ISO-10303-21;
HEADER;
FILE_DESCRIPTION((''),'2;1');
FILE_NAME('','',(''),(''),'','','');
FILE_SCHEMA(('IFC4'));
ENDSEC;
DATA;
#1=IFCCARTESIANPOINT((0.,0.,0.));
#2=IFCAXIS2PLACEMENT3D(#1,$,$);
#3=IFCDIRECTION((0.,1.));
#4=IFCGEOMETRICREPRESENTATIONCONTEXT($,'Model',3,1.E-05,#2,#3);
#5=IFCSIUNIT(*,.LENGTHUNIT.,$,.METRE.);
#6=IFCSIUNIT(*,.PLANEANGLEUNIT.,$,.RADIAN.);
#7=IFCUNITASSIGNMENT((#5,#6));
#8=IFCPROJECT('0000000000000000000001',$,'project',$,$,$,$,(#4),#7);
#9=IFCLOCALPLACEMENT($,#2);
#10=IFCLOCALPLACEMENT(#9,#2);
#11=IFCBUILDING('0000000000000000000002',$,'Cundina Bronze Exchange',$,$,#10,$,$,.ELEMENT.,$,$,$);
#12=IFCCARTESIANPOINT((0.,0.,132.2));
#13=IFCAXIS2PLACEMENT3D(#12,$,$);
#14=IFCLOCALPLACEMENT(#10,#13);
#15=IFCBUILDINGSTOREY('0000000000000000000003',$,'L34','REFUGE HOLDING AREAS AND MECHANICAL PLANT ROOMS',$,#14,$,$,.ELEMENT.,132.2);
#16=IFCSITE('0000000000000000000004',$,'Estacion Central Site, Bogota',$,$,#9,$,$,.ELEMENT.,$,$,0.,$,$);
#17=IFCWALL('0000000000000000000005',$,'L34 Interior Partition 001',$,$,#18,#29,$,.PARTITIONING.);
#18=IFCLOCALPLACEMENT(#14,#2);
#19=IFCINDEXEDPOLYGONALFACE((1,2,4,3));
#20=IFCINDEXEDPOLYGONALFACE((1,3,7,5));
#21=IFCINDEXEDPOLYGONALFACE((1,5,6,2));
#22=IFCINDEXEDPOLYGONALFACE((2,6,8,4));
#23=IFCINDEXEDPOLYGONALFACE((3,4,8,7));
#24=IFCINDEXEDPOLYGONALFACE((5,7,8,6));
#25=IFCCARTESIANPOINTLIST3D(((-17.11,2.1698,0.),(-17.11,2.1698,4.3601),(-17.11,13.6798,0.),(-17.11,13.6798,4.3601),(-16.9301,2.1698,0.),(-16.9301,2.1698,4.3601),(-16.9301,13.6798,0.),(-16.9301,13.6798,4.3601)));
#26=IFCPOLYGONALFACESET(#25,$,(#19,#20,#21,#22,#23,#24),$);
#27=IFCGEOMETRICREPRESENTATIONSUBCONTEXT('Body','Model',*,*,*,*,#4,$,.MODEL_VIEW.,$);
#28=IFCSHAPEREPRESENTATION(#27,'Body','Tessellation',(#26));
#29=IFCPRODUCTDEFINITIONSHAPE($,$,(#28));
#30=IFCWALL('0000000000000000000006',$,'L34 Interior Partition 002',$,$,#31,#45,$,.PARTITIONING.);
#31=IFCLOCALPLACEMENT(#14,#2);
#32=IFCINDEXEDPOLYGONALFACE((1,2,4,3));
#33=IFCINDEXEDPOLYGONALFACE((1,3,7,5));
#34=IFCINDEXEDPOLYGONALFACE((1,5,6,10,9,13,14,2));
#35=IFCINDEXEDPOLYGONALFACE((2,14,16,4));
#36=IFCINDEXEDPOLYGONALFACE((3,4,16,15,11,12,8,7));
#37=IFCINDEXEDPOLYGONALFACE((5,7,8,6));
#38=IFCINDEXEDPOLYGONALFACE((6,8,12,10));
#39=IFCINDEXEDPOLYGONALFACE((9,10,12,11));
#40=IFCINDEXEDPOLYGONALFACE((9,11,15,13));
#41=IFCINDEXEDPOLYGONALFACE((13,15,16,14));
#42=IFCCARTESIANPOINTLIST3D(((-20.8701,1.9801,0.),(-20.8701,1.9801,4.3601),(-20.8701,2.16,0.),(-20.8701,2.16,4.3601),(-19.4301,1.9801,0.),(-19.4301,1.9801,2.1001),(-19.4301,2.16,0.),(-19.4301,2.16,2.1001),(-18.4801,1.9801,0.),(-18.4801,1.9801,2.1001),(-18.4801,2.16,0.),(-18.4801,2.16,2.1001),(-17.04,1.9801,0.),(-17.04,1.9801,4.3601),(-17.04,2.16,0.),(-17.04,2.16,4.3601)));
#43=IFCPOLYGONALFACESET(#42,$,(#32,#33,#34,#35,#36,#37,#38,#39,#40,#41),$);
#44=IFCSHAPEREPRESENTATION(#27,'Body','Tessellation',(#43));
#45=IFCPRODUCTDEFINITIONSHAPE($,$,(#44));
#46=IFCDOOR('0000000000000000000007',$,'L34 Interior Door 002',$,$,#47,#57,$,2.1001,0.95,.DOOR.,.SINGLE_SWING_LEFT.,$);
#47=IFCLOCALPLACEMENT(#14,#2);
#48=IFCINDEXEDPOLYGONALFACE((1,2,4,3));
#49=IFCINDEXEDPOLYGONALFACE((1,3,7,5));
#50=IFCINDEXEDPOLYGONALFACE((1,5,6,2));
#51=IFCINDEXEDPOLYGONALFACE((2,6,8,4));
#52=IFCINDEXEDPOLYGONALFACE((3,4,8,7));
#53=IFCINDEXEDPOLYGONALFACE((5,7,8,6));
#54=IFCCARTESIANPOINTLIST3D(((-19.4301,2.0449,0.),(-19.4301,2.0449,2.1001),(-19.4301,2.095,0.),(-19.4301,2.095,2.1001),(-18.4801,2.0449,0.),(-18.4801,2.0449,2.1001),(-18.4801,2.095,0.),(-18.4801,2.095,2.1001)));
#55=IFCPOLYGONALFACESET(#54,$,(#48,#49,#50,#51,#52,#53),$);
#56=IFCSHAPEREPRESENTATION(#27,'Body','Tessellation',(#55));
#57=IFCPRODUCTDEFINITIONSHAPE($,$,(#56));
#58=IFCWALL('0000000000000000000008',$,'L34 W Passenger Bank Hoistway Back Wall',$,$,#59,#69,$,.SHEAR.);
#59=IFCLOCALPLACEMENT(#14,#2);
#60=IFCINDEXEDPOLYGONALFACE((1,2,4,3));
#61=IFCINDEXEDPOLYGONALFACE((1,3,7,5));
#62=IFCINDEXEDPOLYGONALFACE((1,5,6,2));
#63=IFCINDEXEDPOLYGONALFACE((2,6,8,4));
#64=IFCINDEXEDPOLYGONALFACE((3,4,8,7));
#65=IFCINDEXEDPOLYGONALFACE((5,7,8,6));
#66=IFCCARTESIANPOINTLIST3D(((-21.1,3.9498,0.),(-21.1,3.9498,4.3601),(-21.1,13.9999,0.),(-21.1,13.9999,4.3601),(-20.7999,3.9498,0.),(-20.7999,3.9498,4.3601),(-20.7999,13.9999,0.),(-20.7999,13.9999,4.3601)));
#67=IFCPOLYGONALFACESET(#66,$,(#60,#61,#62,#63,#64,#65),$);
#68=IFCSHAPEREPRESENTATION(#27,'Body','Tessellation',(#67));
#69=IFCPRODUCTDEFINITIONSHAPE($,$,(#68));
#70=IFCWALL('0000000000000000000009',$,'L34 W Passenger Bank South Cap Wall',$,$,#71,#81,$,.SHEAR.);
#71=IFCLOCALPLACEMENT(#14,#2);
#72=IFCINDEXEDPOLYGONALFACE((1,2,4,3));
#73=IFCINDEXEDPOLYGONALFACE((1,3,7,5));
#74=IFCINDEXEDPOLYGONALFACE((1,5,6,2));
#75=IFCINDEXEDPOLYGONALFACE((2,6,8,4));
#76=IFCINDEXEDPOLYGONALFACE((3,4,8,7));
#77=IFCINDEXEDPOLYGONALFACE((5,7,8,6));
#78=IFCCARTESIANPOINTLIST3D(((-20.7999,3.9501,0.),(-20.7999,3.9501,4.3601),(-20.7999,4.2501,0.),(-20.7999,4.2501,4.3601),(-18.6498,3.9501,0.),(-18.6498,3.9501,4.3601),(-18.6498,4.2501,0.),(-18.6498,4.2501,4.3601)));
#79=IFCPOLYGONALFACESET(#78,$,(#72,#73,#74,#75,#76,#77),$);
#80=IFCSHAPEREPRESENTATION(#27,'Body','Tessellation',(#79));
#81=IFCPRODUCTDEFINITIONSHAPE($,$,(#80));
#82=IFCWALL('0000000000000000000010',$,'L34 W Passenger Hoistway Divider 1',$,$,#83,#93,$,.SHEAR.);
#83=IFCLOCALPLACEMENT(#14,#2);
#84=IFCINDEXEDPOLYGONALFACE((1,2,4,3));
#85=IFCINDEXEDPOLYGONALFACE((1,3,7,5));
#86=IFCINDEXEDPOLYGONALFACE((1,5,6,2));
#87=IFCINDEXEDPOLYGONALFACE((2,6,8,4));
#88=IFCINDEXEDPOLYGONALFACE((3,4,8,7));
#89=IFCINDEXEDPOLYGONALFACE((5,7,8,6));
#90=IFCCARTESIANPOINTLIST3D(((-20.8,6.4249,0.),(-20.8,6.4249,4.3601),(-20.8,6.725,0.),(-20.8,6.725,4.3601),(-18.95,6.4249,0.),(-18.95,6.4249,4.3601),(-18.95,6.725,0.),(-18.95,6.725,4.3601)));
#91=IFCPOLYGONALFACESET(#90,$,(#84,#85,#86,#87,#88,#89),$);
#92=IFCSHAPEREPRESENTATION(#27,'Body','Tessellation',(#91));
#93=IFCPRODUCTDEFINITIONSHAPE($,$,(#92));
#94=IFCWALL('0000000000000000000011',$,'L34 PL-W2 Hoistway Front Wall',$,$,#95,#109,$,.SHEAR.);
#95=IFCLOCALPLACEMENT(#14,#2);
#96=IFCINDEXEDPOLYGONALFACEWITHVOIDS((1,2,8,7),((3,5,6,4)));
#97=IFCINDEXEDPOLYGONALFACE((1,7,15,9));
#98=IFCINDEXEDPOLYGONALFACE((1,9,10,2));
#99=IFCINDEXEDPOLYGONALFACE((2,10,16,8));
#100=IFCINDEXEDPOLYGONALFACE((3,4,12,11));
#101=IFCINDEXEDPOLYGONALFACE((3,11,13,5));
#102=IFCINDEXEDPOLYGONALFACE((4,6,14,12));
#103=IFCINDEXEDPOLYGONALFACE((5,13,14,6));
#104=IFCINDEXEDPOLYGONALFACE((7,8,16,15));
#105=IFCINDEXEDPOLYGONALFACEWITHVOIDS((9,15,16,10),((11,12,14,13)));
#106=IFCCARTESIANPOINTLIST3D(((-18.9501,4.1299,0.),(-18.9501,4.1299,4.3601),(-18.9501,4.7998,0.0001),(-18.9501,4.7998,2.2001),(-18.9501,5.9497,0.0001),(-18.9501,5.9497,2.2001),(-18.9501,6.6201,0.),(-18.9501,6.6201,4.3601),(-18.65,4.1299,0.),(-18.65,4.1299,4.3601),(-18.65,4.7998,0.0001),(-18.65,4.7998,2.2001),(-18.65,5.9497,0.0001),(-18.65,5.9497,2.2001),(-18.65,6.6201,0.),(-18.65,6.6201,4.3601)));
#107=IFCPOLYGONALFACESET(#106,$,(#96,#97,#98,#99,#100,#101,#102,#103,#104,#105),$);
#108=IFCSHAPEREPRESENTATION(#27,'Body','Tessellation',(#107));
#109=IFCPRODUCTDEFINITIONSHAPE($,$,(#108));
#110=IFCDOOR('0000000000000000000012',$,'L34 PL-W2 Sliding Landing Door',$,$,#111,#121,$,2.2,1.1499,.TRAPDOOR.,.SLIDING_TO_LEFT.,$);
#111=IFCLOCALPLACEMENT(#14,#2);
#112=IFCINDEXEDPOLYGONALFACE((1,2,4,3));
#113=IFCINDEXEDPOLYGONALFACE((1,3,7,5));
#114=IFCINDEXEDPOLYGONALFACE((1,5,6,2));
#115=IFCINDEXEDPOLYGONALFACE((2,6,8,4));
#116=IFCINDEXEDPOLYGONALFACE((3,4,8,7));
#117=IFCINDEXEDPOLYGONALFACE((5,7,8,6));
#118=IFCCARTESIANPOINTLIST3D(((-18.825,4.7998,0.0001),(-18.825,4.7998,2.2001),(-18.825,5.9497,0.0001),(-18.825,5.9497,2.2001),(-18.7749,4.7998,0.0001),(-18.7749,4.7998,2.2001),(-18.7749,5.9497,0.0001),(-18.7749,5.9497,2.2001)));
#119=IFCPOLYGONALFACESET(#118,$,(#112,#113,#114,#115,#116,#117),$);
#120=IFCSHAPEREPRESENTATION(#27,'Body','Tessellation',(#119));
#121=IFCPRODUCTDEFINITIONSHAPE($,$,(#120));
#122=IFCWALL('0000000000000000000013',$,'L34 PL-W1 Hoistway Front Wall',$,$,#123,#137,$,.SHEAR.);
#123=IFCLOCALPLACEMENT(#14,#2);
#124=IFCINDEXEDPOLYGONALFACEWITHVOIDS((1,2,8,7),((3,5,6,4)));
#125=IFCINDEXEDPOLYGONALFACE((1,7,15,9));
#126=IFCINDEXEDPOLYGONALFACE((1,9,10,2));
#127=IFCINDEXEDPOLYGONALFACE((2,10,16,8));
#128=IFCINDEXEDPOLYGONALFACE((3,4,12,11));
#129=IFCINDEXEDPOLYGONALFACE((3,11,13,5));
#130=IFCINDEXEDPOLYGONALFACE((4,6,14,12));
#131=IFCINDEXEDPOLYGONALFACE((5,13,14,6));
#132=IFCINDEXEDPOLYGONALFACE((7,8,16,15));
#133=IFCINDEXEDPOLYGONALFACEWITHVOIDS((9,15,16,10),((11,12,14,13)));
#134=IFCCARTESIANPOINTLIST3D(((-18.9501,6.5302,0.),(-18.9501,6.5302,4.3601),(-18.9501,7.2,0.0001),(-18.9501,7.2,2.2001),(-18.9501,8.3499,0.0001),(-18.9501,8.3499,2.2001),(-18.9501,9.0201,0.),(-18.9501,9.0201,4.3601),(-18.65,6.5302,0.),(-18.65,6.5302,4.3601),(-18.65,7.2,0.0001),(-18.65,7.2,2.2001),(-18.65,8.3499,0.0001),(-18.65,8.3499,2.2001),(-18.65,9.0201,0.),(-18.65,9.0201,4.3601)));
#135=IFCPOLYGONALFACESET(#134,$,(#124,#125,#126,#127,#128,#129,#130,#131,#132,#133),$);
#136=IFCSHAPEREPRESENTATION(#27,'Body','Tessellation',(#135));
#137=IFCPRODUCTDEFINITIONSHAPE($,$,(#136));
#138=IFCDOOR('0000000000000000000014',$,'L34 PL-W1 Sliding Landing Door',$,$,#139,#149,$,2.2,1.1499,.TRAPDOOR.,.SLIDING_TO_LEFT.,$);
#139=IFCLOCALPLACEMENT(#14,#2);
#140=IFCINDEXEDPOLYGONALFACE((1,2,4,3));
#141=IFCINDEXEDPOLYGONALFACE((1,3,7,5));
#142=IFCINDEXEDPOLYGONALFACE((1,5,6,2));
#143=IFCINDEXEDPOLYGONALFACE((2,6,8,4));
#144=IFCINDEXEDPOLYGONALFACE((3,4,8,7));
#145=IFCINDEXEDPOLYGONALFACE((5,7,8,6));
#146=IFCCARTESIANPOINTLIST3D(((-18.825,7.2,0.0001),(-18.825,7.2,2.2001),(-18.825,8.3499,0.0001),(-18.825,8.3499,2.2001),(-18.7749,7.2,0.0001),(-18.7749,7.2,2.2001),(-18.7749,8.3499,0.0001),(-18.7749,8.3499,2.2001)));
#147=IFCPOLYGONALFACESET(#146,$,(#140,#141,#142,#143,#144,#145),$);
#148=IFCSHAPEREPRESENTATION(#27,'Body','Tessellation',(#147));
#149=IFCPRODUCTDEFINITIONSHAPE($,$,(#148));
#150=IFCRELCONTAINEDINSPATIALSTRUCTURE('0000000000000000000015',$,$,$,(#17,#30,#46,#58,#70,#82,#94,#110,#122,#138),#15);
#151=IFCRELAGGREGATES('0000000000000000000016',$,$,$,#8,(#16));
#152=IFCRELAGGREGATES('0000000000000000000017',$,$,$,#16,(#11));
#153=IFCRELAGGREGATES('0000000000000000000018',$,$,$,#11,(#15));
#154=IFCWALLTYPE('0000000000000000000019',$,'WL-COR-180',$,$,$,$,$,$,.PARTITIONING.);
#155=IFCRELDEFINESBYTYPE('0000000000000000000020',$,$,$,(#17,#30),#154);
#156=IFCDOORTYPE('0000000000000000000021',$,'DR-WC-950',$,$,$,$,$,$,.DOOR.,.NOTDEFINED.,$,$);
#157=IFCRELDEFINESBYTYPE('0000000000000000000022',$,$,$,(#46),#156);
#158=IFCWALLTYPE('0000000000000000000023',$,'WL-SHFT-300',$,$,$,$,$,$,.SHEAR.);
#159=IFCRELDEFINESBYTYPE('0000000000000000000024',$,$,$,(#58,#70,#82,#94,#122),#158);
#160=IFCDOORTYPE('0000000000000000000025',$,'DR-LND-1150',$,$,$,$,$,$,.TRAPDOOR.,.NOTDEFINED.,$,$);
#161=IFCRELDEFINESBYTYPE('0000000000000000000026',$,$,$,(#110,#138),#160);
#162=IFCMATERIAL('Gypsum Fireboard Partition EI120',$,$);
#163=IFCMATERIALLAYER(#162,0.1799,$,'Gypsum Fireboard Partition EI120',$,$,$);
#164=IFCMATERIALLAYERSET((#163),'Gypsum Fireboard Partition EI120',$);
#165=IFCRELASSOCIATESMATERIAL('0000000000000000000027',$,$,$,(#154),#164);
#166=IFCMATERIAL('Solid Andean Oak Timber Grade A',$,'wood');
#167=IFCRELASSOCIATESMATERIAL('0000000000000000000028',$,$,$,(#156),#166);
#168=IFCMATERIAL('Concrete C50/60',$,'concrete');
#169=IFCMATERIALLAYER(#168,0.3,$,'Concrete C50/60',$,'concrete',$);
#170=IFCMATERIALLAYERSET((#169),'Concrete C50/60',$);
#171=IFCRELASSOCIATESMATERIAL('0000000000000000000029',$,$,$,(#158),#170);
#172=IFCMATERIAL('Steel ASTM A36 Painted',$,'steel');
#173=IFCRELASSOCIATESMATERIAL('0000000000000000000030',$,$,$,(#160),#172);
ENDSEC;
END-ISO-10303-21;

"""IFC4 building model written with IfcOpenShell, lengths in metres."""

from ifc_helpers import new_model, si_unit, direction, frame, frame_2d, origin, place, context, subcontext, project, spatial, rectangle, extrude, material, layer, layer_set, type_object, element, fill, save


model = new_model("IFC4")

# Units and contexts
model_context = context("Model", 3, precision=1e-05, world=origin(), true_north=direction((0.0, 1.0)))
body_context = subcontext(model_context, "Body", "Model", "MODEL_VIEW")
ifc_project = project(units=[si_unit("LENGTHUNIT", "METRE"), si_unit("PLANEANGLEUNIT", "RADIAN")], contexts=[model_context])

# Site, building, storey
site_placement = place(None, origin())
site = spatial("IfcSite", under=ifc_project, at=site_placement, Name="Estacion Central Site, Bogota", CompositionType="ELEMENT", RefElevation=0.0)
building_placement = place(site_placement, origin())
building = spatial("IfcBuilding", under=site, at=building_placement, Name="Cundina Bronze Exchange", CompositionType="ELEMENT")
storey_placement = place(building_placement, frame((0.0, 0.0, 132.2)))
storey = spatial("IfcBuildingStorey", under=building, at=storey_placement, Name="L34", Description="REFUGE HOLDING AREAS AND MECHANICAL PLANT ROOMS", CompositionType="ELEMENT", Elevation=132.2)

# Shared definitions
ifc_material_1 = material(Name="Concrete C50/60", Category="concrete")

# Wall
ifc_material_2 = material(Name="Gypsum Fireboard Partition EI120")
ifc_layer_1 = layer(ifc_material_2, 0.1799, Name="Gypsum Fireboard Partition EI120")
ifc_layer_set_1 = layer_set([ifc_layer_1], Name="Gypsum Fireboard Partition EI120")
wall_type_1 = type_object("IfcWallType", Name="WL-COR-180", PredefinedType="PARTITIONING", material=ifc_layer_set_1)
wall_1_placement = place(storey_placement, frame((-17.02, 2.1699, 0.0), z_axis=(0.0, 0.0, 1.0), x_axis=(0.0, 1.0, 0.0)))
element("IfcWall", 1, at=wall_1_placement, inside=storey, type_object=wall_type_1, Name="L34 Interior Partition 001", PredefinedType="PARTITIONING", context=body_context, shape_type="SweptSolid", body=[
    extrude(rectangle(XDim=11.51, YDim=0.1799, at=frame_2d((5.7549, 0.0))), origin(), (0.0, 0.0, 1.0), 4.3601),
])

# Wall, opening, door
wall_2_placement = place(storey_placement, frame((-20.8701, 2.0701, 0.0), z_axis=(0.0, 0.0, 1.0), x_axis=(1.0, 0.0, 0.0)))
wall_2 = element("IfcWall", 2, at=wall_2_placement, inside=storey, type_object=wall_type_1, Name="L34 Interior Partition 002", PredefinedType="PARTITIONING", context=body_context, shape_type="SweptSolid", body=[
    extrude(rectangle(XDim=3.8301, YDim=0.1799, at=frame_2d((1.915, 0.0))), origin(), (0.0, 0.0, 1.0), 4.3601),
])
opening_1_placement = place(wall_2_placement, frame((1.4399, 0.0, 0.0)))
opening_1 = element("IfcOpeningElement", 3, at=opening_1_placement, cuts=wall_2, PredefinedType="OPENING", context=body_context, shape_type="SweptSolid", body=[
    extrude(rectangle(XDim=0.95, YDim=2.1001, at=frame_2d((0.4751, 1.05))), frame((0.0, 0.0999, 0.0), z_axis=(0.0, -1.0, 0.0), x_axis=(1.0, 0.0, 0.0)), (0.0, 0.0, 1.0), 0.2),
])
ifc_material_3 = material(Name="Solid Andean Oak Timber Grade A", Category="wood")
door_type_1 = type_object("IfcDoorType", Name="DR-WC-950", OperationType="NOTDEFINED", PredefinedType="DOOR", material=ifc_material_3)
door_1_placement = place(opening_1_placement, origin())
door_1 = element("IfcDoor", 4, at=door_1_placement, inside=storey, type_object=door_type_1, Name="L34 Interior Door 002", OperationType="SINGLE_SWING_LEFT", OverallHeight=2.1001, OverallWidth=0.95, PredefinedType="DOOR", context=body_context, shape_type="SweptSolid", body=[
    extrude(rectangle(XDim=0.95, YDim=2.1001, at=frame_2d((0.4751, 1.05))), frame((0.0, 0.0249, 0.0), z_axis=(0.0, -1.0, 0.0), x_axis=(1.0, 0.0, 0.0)), (0.0, 0.0, 1.0), 0.05),
])
fill(opening_1, door_1)

# Walls
ifc_layer_2 = layer(ifc_material_1, 0.3, Name="Concrete C50/60", Category="concrete")
ifc_layer_set_2 = layer_set([ifc_layer_2], Name="Concrete C50/60")
wall_type_2 = type_object("IfcWallType", Name="WL-SHFT-300", PredefinedType="SHEAR", material=ifc_layer_set_2)
wall_3_placement = place(storey_placement, frame((-20.95, 3.95, 0.0), z_axis=(0.0, 0.0, 1.0), x_axis=(0.0, 1.0, 0.0)))
element("IfcWall", 5, at=wall_3_placement, inside=storey, type_object=wall_type_2, Name="L34 W Passenger Bank Hoistway Back Wall", PredefinedType="SHEAR", context=body_context, shape_type="SweptSolid", body=[
    extrude(rectangle(XDim=10.05, YDim=0.3, at=frame_2d((5.0249, 0.0))), origin(), (0.0, 0.0, 1.0), 4.3601),
])
wall_4_placement = place(storey_placement, frame((-20.8, 4.1001, 0.0), z_axis=(0.0, 0.0, 1.0), x_axis=(1.0, 0.0, 0.0)))
element("IfcWall", 6, at=wall_4_placement, inside=storey, type_object=wall_type_2, Name="L34 W Passenger Bank South Cap Wall", PredefinedType="SHEAR", context=body_context, shape_type="SweptSolid", body=[
    extrude(rectangle(XDim=2.1501, YDim=0.3, at=frame_2d((1.0752, 0.0))), origin(), (0.0, 0.0, 1.0), 4.3601),
])
wall_5_placement = place(storey_placement, frame((-20.8, 6.575, 0.0), z_axis=(0.0, 0.0, 1.0), x_axis=(1.0, 0.0, 0.0)))
element("IfcWall", 7, at=wall_5_placement, inside=storey, type_object=wall_type_2, Name="L34 W Passenger Hoistway Divider 1", PredefinedType="SHEAR", context=body_context, shape_type="SweptSolid", body=[
    extrude(rectangle(XDim=1.8501, YDim=0.3, at=frame_2d((0.925, 0.0))), origin(), (0.0, 0.0, 1.0), 4.3601),
])

# Walls, openings, doors
wall_6_placement = place(storey_placement, frame((-18.8, 4.1299, 0.0), z_axis=(0.0, 0.0, 1.0), x_axis=(0.0, 1.0, 0.0)))
wall_6 = element("IfcWall", 8, at=wall_6_placement, inside=storey, type_object=wall_type_2, Name="L34 PL-W2 Hoistway Front Wall", PredefinedType="SHEAR", context=body_context, shape_type="SweptSolid", body=[
    extrude(rectangle(XDim=2.4902, YDim=0.3, at=frame_2d((1.2451, 0.0))), origin(), (0.0, 0.0, 1.0), 4.3601),
])
opening_2_placement = place(wall_6_placement, frame((0.6699, 0.0, 0.0)))
opening_2 = element("IfcOpeningElement", 9, at=opening_2_placement, cuts=wall_6, PredefinedType="OPENING", context=body_context, shape_type="SweptSolid", body=[
    extrude(rectangle(XDim=1.1499, YDim=2.2, at=frame_2d((0.575, 1.1001))), frame((0.0, 0.1599, 0.0), z_axis=(0.0, -1.0, 0.0), x_axis=(1.0, 0.0, 0.0)), (0.0, 0.0, 1.0), 0.3201),
])
ifc_material_4 = material(Name="Steel ASTM A36 Painted", Category="steel")
door_type_2 = type_object("IfcDoorType", Name="DR-LND-1150", OperationType="NOTDEFINED", PredefinedType="TRAPDOOR", material=ifc_material_4)
door_2_placement = place(opening_2_placement, origin())
door_2 = element("IfcDoor", 10, at=door_2_placement, inside=storey, type_object=door_type_2, Name="L34 PL-W2 Sliding Landing Door", OperationType="SLIDING_TO_LEFT", OverallHeight=2.2, OverallWidth=1.1499, PredefinedType="TRAPDOOR", context=body_context, shape_type="SweptSolid", body=[
    extrude(rectangle(XDim=1.1499, YDim=2.2, at=frame_2d((0.575, 1.1001))), frame((0.0, 0.0249, 0.0), z_axis=(0.0, -1.0, 0.0), x_axis=(1.0, 0.0, 0.0)), (0.0, 0.0, 1.0), 0.05),
])
fill(opening_2, door_2)
wall_7_placement = place(storey_placement, frame((-18.8, 6.53, 0.0), z_axis=(0.0, 0.0, 1.0), x_axis=(0.0, 1.0, 0.0)))
wall_7 = element("IfcWall", 11, at=wall_7_placement, inside=storey, type_object=wall_type_2, Name="L34 PL-W1 Hoistway Front Wall", PredefinedType="SHEAR", context=body_context, shape_type="SweptSolid", body=[
    extrude(rectangle(XDim=2.49, YDim=0.3, at=frame_2d((1.2451, 0.0))), origin(), (0.0, 0.0, 1.0), 4.3601),
])
opening_3_placement = place(wall_7_placement, frame((0.6699, 0.0, 0.0)))
opening_3 = element("IfcOpeningElement", 12, at=opening_3_placement, cuts=wall_7, PredefinedType="OPENING", context=body_context, shape_type="SweptSolid", body=[
    extrude(rectangle(XDim=1.1499, YDim=2.2, at=frame_2d((0.575, 1.1001))), frame((0.0, 0.1599, 0.0), z_axis=(0.0, -1.0, 0.0), x_axis=(1.0, 0.0, 0.0)), (0.0, 0.0, 1.0), 0.3201),
])
door_3_placement = place(opening_3_placement, origin())
door_3 = element("IfcDoor", 13, at=door_3_placement, inside=storey, type_object=door_type_2, Name="L34 PL-W1 Sliding Landing Door", OperationType="SLIDING_TO_LEFT", OverallHeight=2.2, OverallWidth=1.1499, PredefinedType="TRAPDOOR", context=body_context, shape_type="SweptSolid", body=[
    extrude(rectangle(XDim=1.1499, YDim=2.2, at=frame_2d((0.575, 1.1001))), frame((0.0, 0.0249, 0.0), z_axis=(0.0, -1.0, 0.0), x_axis=(1.0, 0.0, 0.0)), (0.0, 0.0, 1.0), 0.05),
])
fill(opening_3, door_3)

save(model, "model.ifc")
